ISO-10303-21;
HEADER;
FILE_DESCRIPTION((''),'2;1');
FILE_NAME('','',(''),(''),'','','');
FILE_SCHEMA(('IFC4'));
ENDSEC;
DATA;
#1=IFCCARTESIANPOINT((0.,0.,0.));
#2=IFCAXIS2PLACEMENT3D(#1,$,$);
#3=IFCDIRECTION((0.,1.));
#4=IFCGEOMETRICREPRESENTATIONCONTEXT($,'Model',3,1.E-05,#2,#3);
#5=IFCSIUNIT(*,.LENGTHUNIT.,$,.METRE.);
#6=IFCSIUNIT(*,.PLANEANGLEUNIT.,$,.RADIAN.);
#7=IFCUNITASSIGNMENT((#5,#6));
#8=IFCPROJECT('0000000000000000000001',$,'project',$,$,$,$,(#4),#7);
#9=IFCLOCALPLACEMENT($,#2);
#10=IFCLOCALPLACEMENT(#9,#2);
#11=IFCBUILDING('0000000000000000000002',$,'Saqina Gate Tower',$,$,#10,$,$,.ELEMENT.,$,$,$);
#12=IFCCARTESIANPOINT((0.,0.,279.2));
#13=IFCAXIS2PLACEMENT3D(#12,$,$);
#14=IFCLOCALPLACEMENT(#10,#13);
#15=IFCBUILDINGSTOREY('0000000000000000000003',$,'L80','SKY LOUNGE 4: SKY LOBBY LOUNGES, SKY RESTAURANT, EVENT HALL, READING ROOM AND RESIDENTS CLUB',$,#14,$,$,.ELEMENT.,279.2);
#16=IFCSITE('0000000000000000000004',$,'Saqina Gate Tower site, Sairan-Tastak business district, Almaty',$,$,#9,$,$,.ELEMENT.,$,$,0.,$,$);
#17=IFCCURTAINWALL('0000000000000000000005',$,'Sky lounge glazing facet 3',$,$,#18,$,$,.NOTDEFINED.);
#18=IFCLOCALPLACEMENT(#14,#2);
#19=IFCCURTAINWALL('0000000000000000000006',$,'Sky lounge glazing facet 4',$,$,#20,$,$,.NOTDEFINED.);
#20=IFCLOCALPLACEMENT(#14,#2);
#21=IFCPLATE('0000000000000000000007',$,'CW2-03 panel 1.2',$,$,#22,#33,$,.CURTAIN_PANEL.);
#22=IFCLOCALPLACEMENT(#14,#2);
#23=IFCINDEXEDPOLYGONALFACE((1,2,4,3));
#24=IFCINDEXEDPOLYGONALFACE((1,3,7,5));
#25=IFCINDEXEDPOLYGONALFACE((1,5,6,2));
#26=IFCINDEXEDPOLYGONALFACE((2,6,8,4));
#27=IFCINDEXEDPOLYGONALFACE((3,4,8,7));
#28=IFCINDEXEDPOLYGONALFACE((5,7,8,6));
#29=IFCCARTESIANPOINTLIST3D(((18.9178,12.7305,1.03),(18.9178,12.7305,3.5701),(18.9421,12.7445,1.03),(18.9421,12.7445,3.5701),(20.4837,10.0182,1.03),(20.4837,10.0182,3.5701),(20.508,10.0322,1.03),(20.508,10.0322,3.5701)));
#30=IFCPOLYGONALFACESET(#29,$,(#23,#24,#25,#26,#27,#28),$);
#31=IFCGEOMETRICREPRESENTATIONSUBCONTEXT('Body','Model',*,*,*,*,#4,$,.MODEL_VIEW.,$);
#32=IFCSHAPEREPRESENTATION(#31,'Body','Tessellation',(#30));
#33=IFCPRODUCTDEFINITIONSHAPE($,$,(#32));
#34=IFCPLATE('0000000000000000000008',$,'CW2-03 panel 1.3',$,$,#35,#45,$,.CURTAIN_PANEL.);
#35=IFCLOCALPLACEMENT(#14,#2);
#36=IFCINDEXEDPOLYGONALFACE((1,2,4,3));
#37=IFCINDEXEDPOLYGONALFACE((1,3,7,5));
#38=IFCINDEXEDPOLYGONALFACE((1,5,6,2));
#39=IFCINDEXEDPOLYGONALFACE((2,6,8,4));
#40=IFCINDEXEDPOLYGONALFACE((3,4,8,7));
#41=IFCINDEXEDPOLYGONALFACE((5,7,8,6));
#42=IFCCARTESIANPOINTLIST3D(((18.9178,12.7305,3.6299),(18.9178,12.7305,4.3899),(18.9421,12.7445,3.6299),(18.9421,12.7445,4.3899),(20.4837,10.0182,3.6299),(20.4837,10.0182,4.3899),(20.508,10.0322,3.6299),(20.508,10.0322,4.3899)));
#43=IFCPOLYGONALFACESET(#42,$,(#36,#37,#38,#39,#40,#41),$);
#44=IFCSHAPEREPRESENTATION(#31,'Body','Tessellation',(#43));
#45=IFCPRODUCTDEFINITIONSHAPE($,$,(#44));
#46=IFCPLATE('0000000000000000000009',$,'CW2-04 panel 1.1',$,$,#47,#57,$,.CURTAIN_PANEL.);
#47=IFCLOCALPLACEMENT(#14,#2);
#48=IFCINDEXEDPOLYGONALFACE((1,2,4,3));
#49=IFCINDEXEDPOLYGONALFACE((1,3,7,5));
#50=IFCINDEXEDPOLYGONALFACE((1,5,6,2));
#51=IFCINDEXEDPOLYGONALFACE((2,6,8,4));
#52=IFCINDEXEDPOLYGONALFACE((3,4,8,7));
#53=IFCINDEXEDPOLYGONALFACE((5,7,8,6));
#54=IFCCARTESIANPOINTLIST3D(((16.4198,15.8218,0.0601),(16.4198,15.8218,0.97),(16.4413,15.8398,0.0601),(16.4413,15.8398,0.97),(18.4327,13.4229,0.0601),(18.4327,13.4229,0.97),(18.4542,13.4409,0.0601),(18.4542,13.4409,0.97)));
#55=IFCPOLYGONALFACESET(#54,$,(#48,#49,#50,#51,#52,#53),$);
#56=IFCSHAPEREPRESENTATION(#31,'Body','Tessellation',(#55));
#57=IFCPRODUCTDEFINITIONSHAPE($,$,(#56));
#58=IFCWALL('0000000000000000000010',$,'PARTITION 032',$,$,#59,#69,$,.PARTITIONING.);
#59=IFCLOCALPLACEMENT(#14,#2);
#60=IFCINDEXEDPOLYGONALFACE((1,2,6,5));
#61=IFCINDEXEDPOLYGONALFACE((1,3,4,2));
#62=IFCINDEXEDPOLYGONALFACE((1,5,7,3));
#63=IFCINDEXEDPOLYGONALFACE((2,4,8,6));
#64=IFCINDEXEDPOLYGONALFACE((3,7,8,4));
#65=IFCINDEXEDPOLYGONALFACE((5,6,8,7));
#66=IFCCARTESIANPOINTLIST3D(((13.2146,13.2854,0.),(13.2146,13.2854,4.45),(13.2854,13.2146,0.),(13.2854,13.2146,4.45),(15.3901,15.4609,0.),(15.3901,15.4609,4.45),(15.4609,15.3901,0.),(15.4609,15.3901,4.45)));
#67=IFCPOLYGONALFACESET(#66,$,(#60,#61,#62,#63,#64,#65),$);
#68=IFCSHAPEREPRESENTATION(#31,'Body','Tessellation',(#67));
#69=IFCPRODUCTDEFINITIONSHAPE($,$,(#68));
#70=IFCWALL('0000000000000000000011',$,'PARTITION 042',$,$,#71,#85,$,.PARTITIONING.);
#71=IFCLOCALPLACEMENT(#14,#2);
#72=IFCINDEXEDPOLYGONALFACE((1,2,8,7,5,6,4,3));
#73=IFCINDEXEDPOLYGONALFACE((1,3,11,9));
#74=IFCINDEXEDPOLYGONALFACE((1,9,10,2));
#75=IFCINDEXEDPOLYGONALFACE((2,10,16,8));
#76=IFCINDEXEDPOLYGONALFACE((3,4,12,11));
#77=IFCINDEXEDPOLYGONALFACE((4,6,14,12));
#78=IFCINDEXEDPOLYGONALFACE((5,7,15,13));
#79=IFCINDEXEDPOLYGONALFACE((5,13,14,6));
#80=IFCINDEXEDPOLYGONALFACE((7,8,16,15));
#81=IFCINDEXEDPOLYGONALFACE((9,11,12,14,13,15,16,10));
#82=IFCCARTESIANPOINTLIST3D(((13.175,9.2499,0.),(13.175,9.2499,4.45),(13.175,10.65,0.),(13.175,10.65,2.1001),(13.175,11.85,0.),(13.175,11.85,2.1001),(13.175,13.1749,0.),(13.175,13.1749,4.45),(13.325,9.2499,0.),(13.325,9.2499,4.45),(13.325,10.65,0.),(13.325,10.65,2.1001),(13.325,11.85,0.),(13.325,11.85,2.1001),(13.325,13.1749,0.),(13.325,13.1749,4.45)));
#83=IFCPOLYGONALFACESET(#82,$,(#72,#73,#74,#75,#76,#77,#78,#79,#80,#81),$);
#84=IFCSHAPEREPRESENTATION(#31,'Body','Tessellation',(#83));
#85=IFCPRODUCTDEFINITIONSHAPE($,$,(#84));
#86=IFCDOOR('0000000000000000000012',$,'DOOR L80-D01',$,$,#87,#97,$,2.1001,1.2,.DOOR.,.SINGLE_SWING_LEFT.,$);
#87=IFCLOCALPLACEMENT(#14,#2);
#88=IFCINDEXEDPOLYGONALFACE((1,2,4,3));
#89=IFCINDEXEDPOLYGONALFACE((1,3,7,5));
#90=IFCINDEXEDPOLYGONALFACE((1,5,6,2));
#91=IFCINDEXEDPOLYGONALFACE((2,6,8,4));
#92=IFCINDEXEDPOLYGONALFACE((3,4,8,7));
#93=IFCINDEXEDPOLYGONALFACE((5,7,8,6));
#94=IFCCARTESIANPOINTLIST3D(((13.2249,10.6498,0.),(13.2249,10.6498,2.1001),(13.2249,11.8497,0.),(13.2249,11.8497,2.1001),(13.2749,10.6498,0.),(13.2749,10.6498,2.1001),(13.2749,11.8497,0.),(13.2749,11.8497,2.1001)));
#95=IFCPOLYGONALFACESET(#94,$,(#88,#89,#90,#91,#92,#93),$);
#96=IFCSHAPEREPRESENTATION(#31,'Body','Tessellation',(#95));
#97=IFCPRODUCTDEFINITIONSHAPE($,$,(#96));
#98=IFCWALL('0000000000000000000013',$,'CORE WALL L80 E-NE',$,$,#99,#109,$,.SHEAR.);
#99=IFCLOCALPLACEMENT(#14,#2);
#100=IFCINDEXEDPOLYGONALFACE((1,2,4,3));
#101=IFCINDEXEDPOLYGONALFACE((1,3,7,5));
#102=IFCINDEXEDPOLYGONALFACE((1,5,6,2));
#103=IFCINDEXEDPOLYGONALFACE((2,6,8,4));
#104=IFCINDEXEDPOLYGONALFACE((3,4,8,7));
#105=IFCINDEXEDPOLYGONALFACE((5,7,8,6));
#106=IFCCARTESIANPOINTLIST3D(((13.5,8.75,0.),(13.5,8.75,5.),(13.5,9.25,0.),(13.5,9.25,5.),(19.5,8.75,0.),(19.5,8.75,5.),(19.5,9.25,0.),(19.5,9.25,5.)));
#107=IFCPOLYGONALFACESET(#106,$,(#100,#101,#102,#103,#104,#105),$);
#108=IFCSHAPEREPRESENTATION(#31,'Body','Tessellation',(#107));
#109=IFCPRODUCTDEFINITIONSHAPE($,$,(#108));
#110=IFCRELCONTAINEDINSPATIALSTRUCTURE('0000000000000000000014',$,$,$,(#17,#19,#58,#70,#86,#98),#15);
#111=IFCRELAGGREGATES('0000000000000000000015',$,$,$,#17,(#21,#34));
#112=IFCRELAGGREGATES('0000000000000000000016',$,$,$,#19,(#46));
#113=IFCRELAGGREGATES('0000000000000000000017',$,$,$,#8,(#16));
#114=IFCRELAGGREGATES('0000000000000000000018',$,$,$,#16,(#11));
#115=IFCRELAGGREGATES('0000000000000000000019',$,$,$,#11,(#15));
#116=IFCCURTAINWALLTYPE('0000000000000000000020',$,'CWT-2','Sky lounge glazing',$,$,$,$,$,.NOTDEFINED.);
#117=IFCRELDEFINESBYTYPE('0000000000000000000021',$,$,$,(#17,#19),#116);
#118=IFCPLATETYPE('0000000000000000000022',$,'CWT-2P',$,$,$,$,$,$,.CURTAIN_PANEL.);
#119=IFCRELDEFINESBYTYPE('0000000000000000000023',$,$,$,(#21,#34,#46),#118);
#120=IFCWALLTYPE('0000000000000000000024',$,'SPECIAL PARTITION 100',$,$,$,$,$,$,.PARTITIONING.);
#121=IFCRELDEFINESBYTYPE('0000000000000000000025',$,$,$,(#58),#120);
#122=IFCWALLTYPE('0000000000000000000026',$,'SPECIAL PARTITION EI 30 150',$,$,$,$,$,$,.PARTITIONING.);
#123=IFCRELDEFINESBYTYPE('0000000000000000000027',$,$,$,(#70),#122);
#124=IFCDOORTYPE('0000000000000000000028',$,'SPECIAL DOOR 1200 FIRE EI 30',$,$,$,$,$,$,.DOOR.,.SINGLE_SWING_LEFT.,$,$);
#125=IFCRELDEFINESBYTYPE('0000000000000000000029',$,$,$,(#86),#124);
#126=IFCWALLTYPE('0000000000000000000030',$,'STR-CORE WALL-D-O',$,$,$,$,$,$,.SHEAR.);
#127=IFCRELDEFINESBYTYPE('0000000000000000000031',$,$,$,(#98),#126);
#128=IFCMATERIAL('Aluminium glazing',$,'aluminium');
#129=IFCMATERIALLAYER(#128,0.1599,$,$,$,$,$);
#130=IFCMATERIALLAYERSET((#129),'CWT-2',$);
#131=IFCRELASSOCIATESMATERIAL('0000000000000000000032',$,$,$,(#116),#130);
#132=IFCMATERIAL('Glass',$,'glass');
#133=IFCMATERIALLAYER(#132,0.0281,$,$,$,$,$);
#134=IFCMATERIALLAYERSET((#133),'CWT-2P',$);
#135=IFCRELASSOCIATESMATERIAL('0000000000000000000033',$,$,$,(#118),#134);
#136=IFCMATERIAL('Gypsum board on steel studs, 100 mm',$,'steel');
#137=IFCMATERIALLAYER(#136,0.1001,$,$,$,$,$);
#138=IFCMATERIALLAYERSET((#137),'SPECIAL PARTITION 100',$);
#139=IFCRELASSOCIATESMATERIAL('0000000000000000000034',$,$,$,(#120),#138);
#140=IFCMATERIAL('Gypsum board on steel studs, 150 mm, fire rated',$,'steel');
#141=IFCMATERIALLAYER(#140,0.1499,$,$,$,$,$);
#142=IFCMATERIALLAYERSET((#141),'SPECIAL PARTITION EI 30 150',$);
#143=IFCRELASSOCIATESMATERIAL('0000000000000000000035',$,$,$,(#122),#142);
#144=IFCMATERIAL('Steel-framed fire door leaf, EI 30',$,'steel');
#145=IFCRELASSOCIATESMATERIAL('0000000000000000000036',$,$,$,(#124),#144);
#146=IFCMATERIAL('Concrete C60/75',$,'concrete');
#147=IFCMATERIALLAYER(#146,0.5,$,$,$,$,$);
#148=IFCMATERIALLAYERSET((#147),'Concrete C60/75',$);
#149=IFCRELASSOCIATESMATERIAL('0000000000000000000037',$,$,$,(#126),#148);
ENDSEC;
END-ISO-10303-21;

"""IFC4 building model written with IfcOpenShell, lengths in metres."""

from ifc_helpers import new_model, si_unit, direction, frame, frame_2d, origin, origin_2d, place, context, subcontext, project, spatial, rectangle, extrude, material, layer, layer_set, type_object, element, fill, aggregate, save


model = new_model("IFC4")

# Units and contexts
model_context = context("Model", 3, precision=1e-05, world=origin(), true_north=direction((0.0, 1.0)))
body_context = subcontext(model_context, "Body", "Model", "MODEL_VIEW")
ifc_project = project(units=[si_unit("LENGTHUNIT", "METRE"), si_unit("PLANEANGLEUNIT", "RADIAN")], contexts=[model_context])

# Site, building, storey
site_placement = place(None, origin())
site = spatial("IfcSite", under=ifc_project, at=site_placement, Name="Saqina Gate Tower site, Sairan-Tastak business district, Almaty", CompositionType="ELEMENT", RefElevation=0.0)
building_placement = place(site_placement, origin())
building = spatial("IfcBuilding", under=site, at=building_placement, Name="Saqina Gate Tower", CompositionType="ELEMENT")
storey_placement = place(building_placement, frame((0.0, 0.0, 279.2)))
storey = spatial("IfcBuildingStorey", under=building, at=storey_placement, Name="L80", Description="SKY LOUNGE 4: SKY LOBBY LOUNGES, SKY RESTAURANT, EVENT HALL, READING ROOM AND RESIDENTS CLUB", CompositionType="ELEMENT", Elevation=279.2)

# Curtain wall
ifc_material_1 = material(Name="Aluminium glazing", Category="aluminium")
ifc_layer_1 = layer(ifc_material_1, 0.1599)
ifc_layer_set_1 = layer_set([ifc_layer_1], Name="CWT-2")
curtain_wall_type = type_object("IfcCurtainWallType", Name="CWT-2", Description="Sky lounge glazing", PredefinedType="NOTDEFINED", material=ifc_layer_set_1)
curtain_wall_1_placement = place(storey_placement, origin())
curtain_wall_1 = element("IfcCurtainWall", 1, at=curtain_wall_1_placement, inside=storey, type_object=curtain_wall_type, Name="Sky lounge glazing facet 3", PredefinedType="NOTDEFINED")

# Curtain wall
curtain_wall_2_placement = place(storey_placement, origin())
curtain_wall_2 = element("IfcCurtainWall", 2, at=curtain_wall_2_placement, inside=storey, type_object=curtain_wall_type, Name="Sky lounge glazing facet 4", PredefinedType="NOTDEFINED")

# Plates
ifc_material_2 = material(Name="Glass", Category="glass")
ifc_layer_2 = layer(ifc_material_2, 0.0281)
ifc_layer_set_2 = layer_set([ifc_layer_2], Name="CWT-2P")
plate_type = type_object("IfcPlateType", Name="CWT-2P", PredefinedType="CURTAIN_PANEL", material=ifc_layer_set_2)
plate_1_placement = place(storey_placement, frame((19.7129, 11.3813, 1.03), z_axis=(0.0, 0.0, 1.0), x_axis=(-0.499982, 0.866036, 0.0)))
plate_1 = element("IfcPlate", 3, at=plate_1_placement, type_object=plate_type, Name="CW2-03 panel 1.2", PredefinedType="CURTAIN_PANEL", context=body_context, shape_type="SweptSolid", body=[
    extrude(rectangle(XDim=3.1318, YDim=0.0281, at=origin_2d()), origin(), (0.0, 0.0, 1.0), 2.54),
])
plate_2_placement = place(storey_placement, frame((19.7129, 11.3813, 3.6299), z_axis=(0.0, 0.0, 1.0), x_axis=(-0.499982, 0.866036, 0.0)))
plate_2 = element("IfcPlate", 4, at=plate_2_placement, type_object=plate_type, Name="CW2-03 panel 1.3", PredefinedType="CURTAIN_PANEL", context=body_context, shape_type="SweptSolid", body=[
    extrude(rectangle(XDim=3.1318, YDim=0.0281, at=origin_2d()), origin(), (0.0, 0.0, 1.0), 0.76),
])
aggregate(curtain_wall_1, [plate_1, plate_2])
plate_3_placement = place(storey_placement, frame((17.437, 14.6313, 0.0601), z_axis=(0.0, 0.0, 1.0), x_axis=(-0.642785, 0.766046, 0.0)))
plate_3 = element("IfcPlate", 5, at=plate_3_placement, type_object=plate_type, Name="CW2-04 panel 1.1", PredefinedType="CURTAIN_PANEL", context=body_context, shape_type="SweptSolid", body=[
    extrude(rectangle(XDim=3.1316, YDim=0.0281, at=origin_2d()), origin(), (0.0, 0.0, 1.0), 0.9099),
])
aggregate(curtain_wall_2, [plate_3])

# Wall
ifc_material_3 = material(Name="Gypsum board on steel studs, 100 mm", Category="steel")
ifc_layer_3 = layer(ifc_material_3, 0.1001)
ifc_layer_set_3 = layer_set([ifc_layer_3], Name="SPECIAL PARTITION 100")
wall_type_1 = type_object("IfcWallType", Name="SPECIAL PARTITION 100", PredefinedType="PARTITIONING", material=ifc_layer_set_3)
wall_1_placement = place(storey_placement, frame((13.25, 13.25, 0.0), z_axis=(0.0, 0.0, 1.0), x_axis=(0.707107, 0.707107, 0.0)))
element("IfcWall", 6, at=wall_1_placement, inside=storey, type_object=wall_type_1, Name="PARTITION 032", PredefinedType="PARTITIONING", context=body_context, shape_type="SweptSolid", body=[
    extrude(rectangle(XDim=3.0767, YDim=0.1001, at=frame_2d((1.5383, 0.0))), origin(), (0.0, 0.0, 1.0), 4.45),
])

# Wall, opening, door
ifc_material_4 = material(Name="Gypsum board on steel studs, 150 mm, fire rated", Category="steel")
ifc_layer_4 = layer(ifc_material_4, 0.1499)
ifc_layer_set_4 = layer_set([ifc_layer_4], Name="SPECIAL PARTITION EI 30 150")
wall_type_2 = type_object("IfcWallType", Name="SPECIAL PARTITION EI 30 150", PredefinedType="PARTITIONING", material=ifc_layer_set_4)
wall_2_placement = place(storey_placement, frame((13.25, 9.25, 0.0), z_axis=(0.0, 0.0, 1.0), x_axis=(0.0, 1.0, 0.0)))
wall_2 = element("IfcWall", 7, at=wall_2_placement, inside=storey, type_object=wall_type_2, Name="PARTITION 042", PredefinedType="PARTITIONING", context=body_context, shape_type="SweptSolid", body=[
    extrude(rectangle(XDim=3.925, YDim=0.1499, at=frame_2d((1.9624, 0.0))), origin(), (0.0, 0.0, 1.0), 4.45),
])
opening_placement = place(wall_2_placement, frame((1.3999, 0.0, 0.0)))
opening = element("IfcOpeningElement", 8, at=opening_placement, cuts=wall_2, PredefinedType="OPENING", context=body_context, shape_type="SweptSolid", body=[
    extrude(rectangle(XDim=1.2, YDim=2.1001, at=frame_2d((0.6001, 1.05))), frame((0.0, 0.0869, 0.0), z_axis=(0.0, -1.0, 0.0), x_axis=(1.0, 0.0, 0.0)), (0.0, 0.0, 1.0), 0.1738),
])
ifc_material_5 = material(Name="Steel-framed fire door leaf, EI 30", Category="steel")
door_type = type_object("IfcDoorType", Name="SPECIAL DOOR 1200 FIRE EI 30", OperationType="SINGLE_SWING_LEFT", PredefinedType="DOOR", material=ifc_material_5)
door_placement = place(opening_placement, frame((1.2, 0.0, 0.0), z_axis=(0.0, 0.0, 1.0), x_axis=(-1.0, 0.0, 0.0)))
door = element("IfcDoor", 9, at=door_placement, inside=storey, type_object=door_type, Name="DOOR L80-D01", OperationType="SINGLE_SWING_LEFT", OverallHeight=2.1001, OverallWidth=1.2, PredefinedType="DOOR", context=body_context, shape_type="SweptSolid", body=[
    extrude(rectangle(XDim=1.2, YDim=2.1001, at=frame_2d((0.6001, 1.05))), frame((0.0, 0.0249, 0.0), z_axis=(0.0, -1.0, 0.0), x_axis=(1.0, 0.0, 0.0)), (0.0, 0.0, 1.0), 0.05),
])
fill(opening, door)

# Wall
ifc_material_6 = material(Name="Concrete C60/75", Category="concrete")
ifc_layer_5 = layer(ifc_material_6, 0.5)
ifc_layer_set_5 = layer_set([ifc_layer_5], Name="Concrete C60/75")
wall_type_3 = type_object("IfcWallType", Name="STR-CORE WALL-D-O", PredefinedType="SHEAR", material=ifc_layer_set_5)
wall_3_placement = place(storey_placement, frame((13.5, 9.0, 0.0), z_axis=(0.0, 0.0, 1.0), x_axis=(1.0, 0.0, 0.0)))
element("IfcWall", 10, at=wall_3_placement, inside=storey, type_object=wall_type_3, Name="CORE WALL L80 E-NE", PredefinedType="SHEAR", context=body_context, shape_type="SweptSolid", body=[
    extrude(rectangle(XDim=6.0, YDim=0.5, at=frame_2d((3.0, 0.0))), origin(), (0.0, 0.0, 1.0), 5.0),
])

save(model, "model.ifc")
